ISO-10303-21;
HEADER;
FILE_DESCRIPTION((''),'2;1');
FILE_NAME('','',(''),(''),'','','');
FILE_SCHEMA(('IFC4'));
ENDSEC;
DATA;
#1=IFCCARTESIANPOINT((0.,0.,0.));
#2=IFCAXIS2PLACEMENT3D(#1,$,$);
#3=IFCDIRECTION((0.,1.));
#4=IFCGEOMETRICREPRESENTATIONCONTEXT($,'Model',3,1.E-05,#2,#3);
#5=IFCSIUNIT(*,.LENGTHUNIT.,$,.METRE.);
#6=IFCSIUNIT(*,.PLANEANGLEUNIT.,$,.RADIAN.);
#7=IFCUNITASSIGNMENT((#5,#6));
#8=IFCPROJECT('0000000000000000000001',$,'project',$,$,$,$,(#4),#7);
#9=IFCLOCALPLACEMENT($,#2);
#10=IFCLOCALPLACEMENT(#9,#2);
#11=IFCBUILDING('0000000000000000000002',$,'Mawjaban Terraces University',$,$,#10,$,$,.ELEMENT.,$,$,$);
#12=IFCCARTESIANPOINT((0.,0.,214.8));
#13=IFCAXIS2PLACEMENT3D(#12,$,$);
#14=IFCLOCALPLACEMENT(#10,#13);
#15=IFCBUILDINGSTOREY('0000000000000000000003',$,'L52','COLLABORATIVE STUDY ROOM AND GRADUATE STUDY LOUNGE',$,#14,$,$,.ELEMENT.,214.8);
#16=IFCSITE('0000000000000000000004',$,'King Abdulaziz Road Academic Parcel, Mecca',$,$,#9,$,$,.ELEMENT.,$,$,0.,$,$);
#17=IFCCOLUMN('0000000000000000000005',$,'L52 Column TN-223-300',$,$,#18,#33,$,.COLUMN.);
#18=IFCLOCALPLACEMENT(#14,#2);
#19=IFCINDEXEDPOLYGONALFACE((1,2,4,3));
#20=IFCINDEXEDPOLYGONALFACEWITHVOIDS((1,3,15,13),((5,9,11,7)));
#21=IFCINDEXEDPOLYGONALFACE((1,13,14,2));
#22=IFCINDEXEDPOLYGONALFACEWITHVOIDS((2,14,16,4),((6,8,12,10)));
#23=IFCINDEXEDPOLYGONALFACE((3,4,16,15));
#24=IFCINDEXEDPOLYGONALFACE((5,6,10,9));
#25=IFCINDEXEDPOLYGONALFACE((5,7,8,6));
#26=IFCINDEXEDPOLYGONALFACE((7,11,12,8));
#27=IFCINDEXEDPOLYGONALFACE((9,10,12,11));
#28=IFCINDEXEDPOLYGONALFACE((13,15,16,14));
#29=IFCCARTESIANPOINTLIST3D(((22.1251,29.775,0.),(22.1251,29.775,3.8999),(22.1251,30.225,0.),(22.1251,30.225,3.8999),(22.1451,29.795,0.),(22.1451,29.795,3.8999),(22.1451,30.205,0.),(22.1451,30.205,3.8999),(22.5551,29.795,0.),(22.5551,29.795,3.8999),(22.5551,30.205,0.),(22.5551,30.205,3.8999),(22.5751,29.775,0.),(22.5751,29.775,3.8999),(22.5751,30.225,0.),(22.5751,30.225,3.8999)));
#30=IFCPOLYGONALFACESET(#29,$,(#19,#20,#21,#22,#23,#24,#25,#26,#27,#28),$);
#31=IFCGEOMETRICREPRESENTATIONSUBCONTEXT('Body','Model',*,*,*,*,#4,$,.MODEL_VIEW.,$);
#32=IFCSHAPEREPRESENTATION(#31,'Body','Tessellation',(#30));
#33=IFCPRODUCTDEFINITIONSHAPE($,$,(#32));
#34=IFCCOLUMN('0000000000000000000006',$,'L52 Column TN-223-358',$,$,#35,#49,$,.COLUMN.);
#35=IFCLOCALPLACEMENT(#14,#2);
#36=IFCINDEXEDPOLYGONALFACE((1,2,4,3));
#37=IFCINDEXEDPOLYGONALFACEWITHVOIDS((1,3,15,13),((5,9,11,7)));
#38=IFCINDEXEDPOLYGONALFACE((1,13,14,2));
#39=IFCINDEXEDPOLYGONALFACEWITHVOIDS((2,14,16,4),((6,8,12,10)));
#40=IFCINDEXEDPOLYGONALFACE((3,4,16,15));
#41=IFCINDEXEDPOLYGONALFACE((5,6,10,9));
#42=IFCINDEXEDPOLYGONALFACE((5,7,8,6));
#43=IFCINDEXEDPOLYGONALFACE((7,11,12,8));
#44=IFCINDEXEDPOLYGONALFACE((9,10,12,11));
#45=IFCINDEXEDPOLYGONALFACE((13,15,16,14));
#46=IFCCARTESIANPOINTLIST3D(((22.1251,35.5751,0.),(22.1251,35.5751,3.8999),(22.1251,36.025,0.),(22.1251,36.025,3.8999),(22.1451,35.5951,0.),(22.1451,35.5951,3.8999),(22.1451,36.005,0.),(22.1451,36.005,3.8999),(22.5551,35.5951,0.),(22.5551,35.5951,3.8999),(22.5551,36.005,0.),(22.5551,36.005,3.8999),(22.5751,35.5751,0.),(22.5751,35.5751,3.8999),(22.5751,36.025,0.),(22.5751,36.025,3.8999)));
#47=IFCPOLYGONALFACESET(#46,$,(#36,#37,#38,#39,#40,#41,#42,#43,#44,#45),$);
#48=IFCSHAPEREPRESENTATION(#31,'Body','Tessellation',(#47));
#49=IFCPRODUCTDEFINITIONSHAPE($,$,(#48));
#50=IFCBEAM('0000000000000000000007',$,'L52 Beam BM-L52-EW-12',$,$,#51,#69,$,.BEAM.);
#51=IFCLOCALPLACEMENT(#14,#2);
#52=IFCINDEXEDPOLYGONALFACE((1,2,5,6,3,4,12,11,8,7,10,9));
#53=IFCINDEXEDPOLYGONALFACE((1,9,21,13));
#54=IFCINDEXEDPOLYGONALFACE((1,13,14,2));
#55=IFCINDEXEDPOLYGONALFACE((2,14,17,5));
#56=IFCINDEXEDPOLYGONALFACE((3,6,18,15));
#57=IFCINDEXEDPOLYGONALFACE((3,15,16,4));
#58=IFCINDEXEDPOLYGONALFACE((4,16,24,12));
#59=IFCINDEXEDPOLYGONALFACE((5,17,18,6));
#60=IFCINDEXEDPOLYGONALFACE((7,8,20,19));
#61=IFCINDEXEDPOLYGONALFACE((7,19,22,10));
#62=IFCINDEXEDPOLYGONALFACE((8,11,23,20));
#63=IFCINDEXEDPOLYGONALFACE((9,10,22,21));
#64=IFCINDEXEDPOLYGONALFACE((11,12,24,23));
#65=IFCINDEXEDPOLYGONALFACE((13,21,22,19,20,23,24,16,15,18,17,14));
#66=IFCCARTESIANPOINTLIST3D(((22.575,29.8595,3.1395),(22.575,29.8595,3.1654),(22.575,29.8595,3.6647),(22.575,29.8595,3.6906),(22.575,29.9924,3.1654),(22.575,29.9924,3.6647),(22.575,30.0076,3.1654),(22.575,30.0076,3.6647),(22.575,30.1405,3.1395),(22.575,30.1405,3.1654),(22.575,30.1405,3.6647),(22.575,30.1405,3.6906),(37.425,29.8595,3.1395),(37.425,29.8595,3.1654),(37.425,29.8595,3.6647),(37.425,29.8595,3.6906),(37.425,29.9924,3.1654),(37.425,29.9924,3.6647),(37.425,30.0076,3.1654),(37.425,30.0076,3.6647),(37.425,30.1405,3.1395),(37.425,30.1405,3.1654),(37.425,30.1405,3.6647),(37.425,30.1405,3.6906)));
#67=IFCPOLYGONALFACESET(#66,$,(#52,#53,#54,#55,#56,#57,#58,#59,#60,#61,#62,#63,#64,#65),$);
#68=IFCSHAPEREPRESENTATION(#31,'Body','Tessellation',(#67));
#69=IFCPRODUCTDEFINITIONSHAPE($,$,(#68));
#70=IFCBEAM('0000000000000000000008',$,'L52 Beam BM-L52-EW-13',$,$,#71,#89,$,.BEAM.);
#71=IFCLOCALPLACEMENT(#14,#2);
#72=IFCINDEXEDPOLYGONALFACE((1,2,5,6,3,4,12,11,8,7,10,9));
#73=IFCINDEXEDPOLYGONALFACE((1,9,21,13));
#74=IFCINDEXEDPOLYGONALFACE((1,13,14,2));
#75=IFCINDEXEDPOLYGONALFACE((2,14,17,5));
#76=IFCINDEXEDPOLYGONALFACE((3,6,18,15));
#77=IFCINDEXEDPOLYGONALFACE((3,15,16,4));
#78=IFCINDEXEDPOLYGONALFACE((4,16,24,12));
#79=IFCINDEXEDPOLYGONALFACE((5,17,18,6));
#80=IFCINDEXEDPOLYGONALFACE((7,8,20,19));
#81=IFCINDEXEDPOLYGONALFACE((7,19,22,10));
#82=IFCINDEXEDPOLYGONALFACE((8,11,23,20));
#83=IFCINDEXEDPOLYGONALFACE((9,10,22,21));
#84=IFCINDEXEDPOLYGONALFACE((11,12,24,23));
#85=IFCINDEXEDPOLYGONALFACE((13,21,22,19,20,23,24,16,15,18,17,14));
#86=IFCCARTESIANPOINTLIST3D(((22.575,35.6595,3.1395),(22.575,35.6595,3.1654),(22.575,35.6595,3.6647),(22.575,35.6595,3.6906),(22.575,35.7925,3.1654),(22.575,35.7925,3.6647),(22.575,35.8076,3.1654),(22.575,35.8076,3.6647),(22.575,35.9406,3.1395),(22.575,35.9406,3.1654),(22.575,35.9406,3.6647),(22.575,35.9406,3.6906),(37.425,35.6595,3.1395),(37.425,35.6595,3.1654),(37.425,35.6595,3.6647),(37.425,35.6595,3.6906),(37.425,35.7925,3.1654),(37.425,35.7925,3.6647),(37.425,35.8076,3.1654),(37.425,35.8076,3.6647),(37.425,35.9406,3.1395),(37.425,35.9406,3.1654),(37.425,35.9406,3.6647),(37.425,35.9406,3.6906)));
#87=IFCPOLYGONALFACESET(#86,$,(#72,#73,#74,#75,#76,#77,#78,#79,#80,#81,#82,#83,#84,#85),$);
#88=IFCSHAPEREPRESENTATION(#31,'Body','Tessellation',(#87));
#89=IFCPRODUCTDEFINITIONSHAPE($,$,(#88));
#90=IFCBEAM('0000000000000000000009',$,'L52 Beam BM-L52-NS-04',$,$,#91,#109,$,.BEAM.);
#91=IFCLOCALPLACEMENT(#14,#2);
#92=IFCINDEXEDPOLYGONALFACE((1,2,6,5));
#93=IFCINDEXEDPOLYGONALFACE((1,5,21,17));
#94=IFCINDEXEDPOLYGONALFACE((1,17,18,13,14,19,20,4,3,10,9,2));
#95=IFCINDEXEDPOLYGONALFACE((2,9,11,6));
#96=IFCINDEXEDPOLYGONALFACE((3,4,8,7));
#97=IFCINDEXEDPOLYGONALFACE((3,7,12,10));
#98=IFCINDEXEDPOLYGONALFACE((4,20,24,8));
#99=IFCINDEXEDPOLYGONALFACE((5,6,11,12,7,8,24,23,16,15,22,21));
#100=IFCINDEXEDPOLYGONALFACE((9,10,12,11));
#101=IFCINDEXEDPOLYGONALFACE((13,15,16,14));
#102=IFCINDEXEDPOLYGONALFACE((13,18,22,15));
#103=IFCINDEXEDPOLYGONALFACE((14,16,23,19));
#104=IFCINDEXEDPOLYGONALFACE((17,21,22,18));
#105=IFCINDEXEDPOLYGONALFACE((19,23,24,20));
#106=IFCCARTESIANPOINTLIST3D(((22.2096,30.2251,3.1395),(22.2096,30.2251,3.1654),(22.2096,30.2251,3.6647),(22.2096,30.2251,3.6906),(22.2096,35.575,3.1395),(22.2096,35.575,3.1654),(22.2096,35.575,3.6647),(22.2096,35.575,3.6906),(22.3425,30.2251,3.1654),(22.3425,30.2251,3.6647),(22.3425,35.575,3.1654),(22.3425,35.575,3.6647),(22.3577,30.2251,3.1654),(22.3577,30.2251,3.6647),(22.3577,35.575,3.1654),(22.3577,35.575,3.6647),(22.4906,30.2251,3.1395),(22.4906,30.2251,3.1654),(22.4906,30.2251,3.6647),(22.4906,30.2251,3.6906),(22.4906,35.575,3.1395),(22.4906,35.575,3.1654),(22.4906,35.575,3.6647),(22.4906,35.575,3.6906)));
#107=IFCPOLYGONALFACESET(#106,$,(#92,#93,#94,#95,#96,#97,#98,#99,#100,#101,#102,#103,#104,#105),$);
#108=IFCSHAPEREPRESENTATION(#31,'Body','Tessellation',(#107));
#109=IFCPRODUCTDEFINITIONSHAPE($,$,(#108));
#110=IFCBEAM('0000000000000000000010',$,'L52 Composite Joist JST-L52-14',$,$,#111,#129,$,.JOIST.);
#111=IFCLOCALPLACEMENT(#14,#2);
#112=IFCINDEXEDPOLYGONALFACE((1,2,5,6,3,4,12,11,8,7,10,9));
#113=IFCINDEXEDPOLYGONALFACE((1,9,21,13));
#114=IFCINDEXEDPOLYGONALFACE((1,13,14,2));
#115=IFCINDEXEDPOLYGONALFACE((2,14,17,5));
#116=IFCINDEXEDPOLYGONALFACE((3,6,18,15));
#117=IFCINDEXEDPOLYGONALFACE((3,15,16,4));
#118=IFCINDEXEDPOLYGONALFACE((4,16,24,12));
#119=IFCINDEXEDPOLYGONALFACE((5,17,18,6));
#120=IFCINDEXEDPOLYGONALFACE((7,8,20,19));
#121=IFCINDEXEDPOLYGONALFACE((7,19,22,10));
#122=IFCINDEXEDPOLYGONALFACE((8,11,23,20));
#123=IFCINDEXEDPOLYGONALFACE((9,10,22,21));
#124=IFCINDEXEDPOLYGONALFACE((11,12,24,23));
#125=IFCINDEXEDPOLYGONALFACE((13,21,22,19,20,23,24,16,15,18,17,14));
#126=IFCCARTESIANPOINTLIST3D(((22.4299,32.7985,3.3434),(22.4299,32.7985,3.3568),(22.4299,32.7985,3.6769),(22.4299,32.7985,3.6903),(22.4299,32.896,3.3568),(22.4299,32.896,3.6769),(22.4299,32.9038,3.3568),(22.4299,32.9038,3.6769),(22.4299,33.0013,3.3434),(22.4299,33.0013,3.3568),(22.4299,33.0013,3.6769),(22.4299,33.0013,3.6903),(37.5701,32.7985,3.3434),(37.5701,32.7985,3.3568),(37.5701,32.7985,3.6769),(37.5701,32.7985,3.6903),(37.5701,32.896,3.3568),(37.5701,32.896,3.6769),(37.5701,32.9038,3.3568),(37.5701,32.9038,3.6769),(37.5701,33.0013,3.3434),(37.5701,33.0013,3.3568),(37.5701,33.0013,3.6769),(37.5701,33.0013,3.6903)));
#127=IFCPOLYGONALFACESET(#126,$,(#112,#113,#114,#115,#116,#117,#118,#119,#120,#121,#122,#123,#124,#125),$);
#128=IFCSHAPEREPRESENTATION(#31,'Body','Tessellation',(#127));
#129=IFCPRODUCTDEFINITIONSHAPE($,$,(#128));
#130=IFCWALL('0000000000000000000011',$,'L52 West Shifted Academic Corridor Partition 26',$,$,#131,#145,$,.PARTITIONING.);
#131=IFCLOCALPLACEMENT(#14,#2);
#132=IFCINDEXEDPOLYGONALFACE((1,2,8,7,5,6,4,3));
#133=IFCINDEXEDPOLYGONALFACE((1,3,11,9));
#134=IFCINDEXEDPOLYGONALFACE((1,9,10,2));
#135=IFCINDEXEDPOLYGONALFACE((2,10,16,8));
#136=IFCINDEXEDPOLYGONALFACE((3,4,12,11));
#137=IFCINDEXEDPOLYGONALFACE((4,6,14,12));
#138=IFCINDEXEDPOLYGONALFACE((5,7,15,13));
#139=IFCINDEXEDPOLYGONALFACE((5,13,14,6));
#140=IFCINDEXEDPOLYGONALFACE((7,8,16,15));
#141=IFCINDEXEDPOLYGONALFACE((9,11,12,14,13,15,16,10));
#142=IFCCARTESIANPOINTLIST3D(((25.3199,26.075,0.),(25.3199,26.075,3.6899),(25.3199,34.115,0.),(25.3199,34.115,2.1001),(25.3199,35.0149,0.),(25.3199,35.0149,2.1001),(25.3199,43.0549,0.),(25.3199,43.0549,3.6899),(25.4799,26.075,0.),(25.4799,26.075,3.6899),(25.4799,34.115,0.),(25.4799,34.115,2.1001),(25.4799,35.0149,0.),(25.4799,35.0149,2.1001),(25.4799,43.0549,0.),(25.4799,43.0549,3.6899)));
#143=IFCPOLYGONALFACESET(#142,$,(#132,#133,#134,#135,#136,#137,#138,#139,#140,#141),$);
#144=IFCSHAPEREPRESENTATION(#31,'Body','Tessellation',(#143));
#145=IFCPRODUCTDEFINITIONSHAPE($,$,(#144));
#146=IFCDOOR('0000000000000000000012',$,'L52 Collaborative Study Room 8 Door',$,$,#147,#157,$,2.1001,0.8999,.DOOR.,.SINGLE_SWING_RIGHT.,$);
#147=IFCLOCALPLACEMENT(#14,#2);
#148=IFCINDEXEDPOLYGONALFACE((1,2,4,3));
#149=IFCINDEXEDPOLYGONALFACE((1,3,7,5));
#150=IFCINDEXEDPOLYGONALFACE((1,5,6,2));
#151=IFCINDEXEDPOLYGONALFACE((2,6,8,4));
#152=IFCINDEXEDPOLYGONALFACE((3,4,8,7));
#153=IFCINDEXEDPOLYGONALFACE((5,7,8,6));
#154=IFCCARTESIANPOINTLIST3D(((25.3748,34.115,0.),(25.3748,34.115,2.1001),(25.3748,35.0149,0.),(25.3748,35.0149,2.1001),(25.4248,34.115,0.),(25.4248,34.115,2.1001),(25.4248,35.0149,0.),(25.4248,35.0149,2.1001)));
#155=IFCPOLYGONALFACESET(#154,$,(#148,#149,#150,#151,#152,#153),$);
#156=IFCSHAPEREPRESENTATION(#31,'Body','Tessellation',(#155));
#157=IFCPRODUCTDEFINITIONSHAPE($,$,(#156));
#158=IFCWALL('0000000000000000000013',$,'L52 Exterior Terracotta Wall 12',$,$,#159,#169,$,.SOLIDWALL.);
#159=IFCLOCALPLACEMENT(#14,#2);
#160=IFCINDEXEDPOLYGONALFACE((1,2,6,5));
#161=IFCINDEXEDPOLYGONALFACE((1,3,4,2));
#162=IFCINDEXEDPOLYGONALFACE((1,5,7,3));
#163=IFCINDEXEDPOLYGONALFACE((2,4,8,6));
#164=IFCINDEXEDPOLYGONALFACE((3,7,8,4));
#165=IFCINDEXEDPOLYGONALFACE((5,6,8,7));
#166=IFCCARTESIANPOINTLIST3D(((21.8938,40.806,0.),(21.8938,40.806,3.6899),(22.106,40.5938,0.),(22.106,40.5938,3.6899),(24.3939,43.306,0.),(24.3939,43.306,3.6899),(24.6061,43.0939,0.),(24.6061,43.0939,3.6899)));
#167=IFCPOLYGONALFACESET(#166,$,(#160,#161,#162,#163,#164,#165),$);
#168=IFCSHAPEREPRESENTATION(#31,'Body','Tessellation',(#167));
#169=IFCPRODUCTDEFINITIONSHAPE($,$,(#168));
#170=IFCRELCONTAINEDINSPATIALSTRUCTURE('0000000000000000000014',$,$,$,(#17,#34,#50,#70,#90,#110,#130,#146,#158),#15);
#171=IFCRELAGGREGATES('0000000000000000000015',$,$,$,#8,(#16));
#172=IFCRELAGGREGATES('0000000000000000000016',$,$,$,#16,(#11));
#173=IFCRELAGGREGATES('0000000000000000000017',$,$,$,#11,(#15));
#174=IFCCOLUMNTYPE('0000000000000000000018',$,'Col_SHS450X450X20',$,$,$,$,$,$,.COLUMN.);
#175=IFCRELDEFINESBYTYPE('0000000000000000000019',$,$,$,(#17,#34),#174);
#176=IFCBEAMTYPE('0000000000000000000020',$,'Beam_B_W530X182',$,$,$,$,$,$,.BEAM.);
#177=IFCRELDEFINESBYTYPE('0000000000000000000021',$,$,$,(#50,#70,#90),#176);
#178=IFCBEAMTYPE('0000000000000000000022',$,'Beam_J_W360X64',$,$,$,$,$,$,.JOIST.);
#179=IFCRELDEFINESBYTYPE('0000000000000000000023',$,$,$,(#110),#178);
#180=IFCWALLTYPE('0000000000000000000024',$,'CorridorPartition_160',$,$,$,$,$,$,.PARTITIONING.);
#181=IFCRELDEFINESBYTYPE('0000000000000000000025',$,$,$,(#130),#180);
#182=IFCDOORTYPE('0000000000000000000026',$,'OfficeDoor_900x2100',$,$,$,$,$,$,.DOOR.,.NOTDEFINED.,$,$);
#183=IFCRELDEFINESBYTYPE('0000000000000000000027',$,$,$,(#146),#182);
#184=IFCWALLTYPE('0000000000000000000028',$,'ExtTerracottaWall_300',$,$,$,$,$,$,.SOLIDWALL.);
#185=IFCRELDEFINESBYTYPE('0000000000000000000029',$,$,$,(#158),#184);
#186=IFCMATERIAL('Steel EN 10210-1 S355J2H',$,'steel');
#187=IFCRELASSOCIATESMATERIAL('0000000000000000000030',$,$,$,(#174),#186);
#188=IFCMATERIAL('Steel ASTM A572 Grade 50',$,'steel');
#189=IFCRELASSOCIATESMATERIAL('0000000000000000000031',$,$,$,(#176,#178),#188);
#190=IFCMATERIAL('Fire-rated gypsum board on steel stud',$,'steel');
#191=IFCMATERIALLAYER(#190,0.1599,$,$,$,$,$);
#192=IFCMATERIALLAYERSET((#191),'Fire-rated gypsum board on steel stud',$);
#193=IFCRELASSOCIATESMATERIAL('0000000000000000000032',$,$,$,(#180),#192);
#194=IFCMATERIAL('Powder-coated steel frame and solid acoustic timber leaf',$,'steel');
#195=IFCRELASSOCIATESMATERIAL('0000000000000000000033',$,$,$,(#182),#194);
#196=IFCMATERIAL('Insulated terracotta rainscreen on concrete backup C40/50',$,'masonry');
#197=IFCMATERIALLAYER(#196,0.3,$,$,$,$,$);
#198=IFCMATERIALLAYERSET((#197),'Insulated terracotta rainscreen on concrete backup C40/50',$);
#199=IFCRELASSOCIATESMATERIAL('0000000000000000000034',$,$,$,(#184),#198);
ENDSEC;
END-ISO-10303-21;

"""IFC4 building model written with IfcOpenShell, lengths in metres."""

from ifc_helpers import new_model, si_unit, direction, frame, frame_2d, origin, origin_2d, place, context, subcontext, project, spatial, rectangle, hollow_rectangle, i_section, extrude, material, layer, layer_set, material_profile, profile_set, type_object, element, fill, save


model = new_model("IFC4")

# Units and contexts
model_context = context("Model", 3, precision=1e-05, world=origin(), true_north=direction((0.0, 1.0)))
body_context = subcontext(model_context, "Body", "Model", "MODEL_VIEW")
ifc_project = project(units=[si_unit("LENGTHUNIT", "METRE"), si_unit("PLANEANGLEUNIT", "RADIAN")], contexts=[model_context])

# Site, building, storey
site_placement = place(None, origin())
site = spatial("IfcSite", under=ifc_project, at=site_placement, Name="King Abdulaziz Road Academic Parcel, Mecca", CompositionType="ELEMENT", RefElevation=0.0)
building_placement = place(site_placement, origin())
building = spatial("IfcBuilding", under=site, at=building_placement, Name="Mawjaban Terraces University", CompositionType="ELEMENT")
storey_placement = place(building_placement, frame((0.0, 0.0, 214.8)))
storey = spatial("IfcBuildingStorey", under=building, at=storey_placement, Name="L52", Description="COLLABORATIVE STUDY ROOM AND GRADUATE STUDY LOUNGE", CompositionType="ELEMENT", Elevation=214.8)

# Columns
ifc_material_1 = material(Name="Steel EN 10210-1 S355J2H", Category="steel")
ifc_material_profile_1 = material_profile(ifc_material_1, hollow_rectangle(XDim=0.45, YDim=0.45, WallThickness=0.02, at=origin_2d()), Name="SHS450X450X20")
ifc_profile_set_1 = profile_set([ifc_material_profile_1], Name="Steel EN 10210-1 S355J2H")
column_type = type_object("IfcColumnType", Name="Col_SHS450X450X20", PredefinedType="COLUMN", material=ifc_profile_set_1)
for number, where, z_axis, x_axis, name in (
    (1, (22.3501, 30.0, 0.0), (0.0, 0.0, 1.0), (1.0, 0.0, 0.0), "L52 Column TN-223-300"),
    (2, (22.3501, 35.8, 0.0), (0.0, 0.0, 1.0), (1.0, 0.0, 0.0), "L52 Column TN-223-358"),
):
    element("IfcColumn", number, at=place(storey_placement, frame(where, z_axis=z_axis, x_axis=x_axis)), inside=storey, type_object=column_type, Name=name, PredefinedType="COLUMN", context=body_context, shape_type="SweptSolid", body=[
        extrude(hollow_rectangle(XDim=0.45, YDim=0.45, WallThickness=0.02, at=origin_2d()), origin(), (0.0, 0.0, 1.0), 3.8999),
    ])

# Beams
ifc_material_2 = material(Name="Steel ASTM A572 Grade 50", Category="steel")
ifc_material_profile_2 = material_profile(ifc_material_2, i_section(OverallWidth=0.281, OverallDepth=0.551, WebThickness=0.0151, FlangeThickness=0.0259, at=origin_2d()), Name="W530X182")
ifc_profile_set_2 = profile_set([ifc_material_profile_2], Name="Steel ASTM A572 Grade 50")
beam_type_1 = type_object("IfcBeamType", Name="Beam_B_W530X182", PredefinedType="BEAM", material=ifc_profile_set_2)
for number, where, z_axis, x_axis, name in (
    (3, (22.575, 30.0, 3.415), (1.0, 0.0, 0.0), (0.0, 1.0, 0.0), "L52 Beam BM-L52-EW-12"),
    (4, (22.575, 35.8, 3.415), (1.0, 0.0, 0.0), (0.0, 1.0, 0.0), "L52 Beam BM-L52-EW-13"),
):
    element("IfcBeam", number, at=place(storey_placement, frame(where, z_axis=z_axis, x_axis=x_axis)), inside=storey, type_object=beam_type_1, Name=name, PredefinedType="BEAM", context=body_context, shape_type="SweptSolid", body=[
        extrude(i_section(OverallWidth=0.281, OverallDepth=0.551, WebThickness=0.0151, FlangeThickness=0.0259, at=origin_2d()), origin(), (0.0, 0.0, 1.0), 14.8501),
    ])
beam_1_placement = place(storey_placement, frame((22.3501, 30.2251, 3.415), z_axis=(0.0, 1.0, 0.0), x_axis=(-1.0, 0.0, 0.0)))
element("IfcBeam", 5, at=beam_1_placement, inside=storey, type_object=beam_type_1, Name="L52 Beam BM-L52-NS-04", PredefinedType="BEAM", context=body_context, shape_type="SweptSolid", body=[
    extrude(i_section(OverallWidth=0.281, OverallDepth=0.551, WebThickness=0.0151, FlangeThickness=0.0259, at=origin_2d()), origin(), (0.0, 0.0, 1.0), 5.3499),
])
ifc_material_profile_3 = material_profile(ifc_material_2, i_section(OverallWidth=0.2029, OverallDepth=0.3469, WebThickness=0.0078, FlangeThickness=0.0134, at=origin_2d()), Name="W360X64")
ifc_profile_set_3 = profile_set([ifc_material_profile_3], Name="Steel ASTM A572 Grade 50")
beam_type_2 = type_object("IfcBeamType", Name="Beam_J_W360X64", PredefinedType="JOIST", material=ifc_profile_set_3)
beam_2_placement = place(storey_placement, frame((22.4299, 32.8999, 3.5168), z_axis=(1.0, 0.0, 0.0), x_axis=(0.0, 1.0, 0.0)))
element("IfcBeam", 6, at=beam_2_placement, inside=storey, type_object=beam_type_2, Name="L52 Composite Joist JST-L52-14", PredefinedType="JOIST", context=body_context, shape_type="SweptSolid", body=[
    extrude(i_section(OverallWidth=0.2029, OverallDepth=0.3469, WebThickness=0.0078, FlangeThickness=0.0134, at=origin_2d()), origin(), (0.0, 0.0, 1.0), 15.1401),
])

# Wall, opening, door
ifc_material_3 = material(Name="Fire-rated gypsum board on steel stud", Category="steel")
ifc_layer_1 = layer(ifc_material_3, 0.1599)
ifc_layer_set_1 = layer_set([ifc_layer_1], Name="Fire-rated gypsum board on steel stud")
wall_type_1 = type_object("IfcWallType", Name="CorridorPartition_160", PredefinedType="PARTITIONING", material=ifc_layer_set_1)
wall_1_placement = place(storey_placement, frame((25.3999, 43.0549, 0.0), z_axis=(0.0, 0.0, 1.0), x_axis=(0.0, -1.0, 0.0)))
wall_1 = element("IfcWall", 7, at=wall_1_placement, inside=storey, type_object=wall_type_1, Name="L52 West Shifted Academic Corridor Partition 26", PredefinedType="PARTITIONING", context=body_context, shape_type="SweptSolid", body=[
    extrude(rectangle(XDim=16.98, YDim=0.1599, at=frame_2d((8.49, 0.0))), origin(), (0.0, 0.0, 1.0), 3.6899),
])
opening_1_placement = place(wall_1_placement, frame((8.04, 0.0, 0.0)))
opening_1 = element("IfcOpeningElement", 8, at=opening_1_placement, cuts=wall_1, PredefinedType="OPENING", context=body_context, shape_type="SweptSolid", body=[
    extrude(rectangle(XDim=0.8999, YDim=2.1001, at=frame_2d((0.45, 1.05))), frame((0.0, 0.0898, 0.0), z_axis=(0.0, -1.0, 0.0), x_axis=(1.0, 0.0, 0.0)), (0.0, 0.0, 1.0), 0.1799),
])
ifc_material_4 = material(Name="Powder-coated steel frame and solid acoustic timber leaf", Category="steel")
door_type_1 = type_object("IfcDoorType", Name="OfficeDoor_900x2100", OperationType="NOTDEFINED", PredefinedType="DOOR", material=ifc_material_4)
door_1_placement = place(opening_1_placement, origin())
door_1 = element("IfcDoor", 9, at=door_1_placement, inside=storey, type_object=door_type_1, Name="L52 Collaborative Study Room 8 Door", OperationType="SINGLE_SWING_RIGHT", OverallHeight=2.1001, OverallWidth=0.8999, PredefinedType="DOOR", context=body_context, shape_type="SweptSolid", body=[
    extrude(rectangle(XDim=0.8999, YDim=2.1001, at=frame_2d((0.45, 1.05))), frame((0.0, 0.0249, 0.0), z_axis=(0.0, -1.0, 0.0), x_axis=(1.0, 0.0, 0.0)), (0.0, 0.0, 1.0), 0.05),
])
fill(opening_1, door_1)

# Wall
ifc_material_5 = material(Name="Insulated terracotta rainscreen on concrete backup C40/50", Category="masonry")
ifc_layer_2 = layer(ifc_material_5, 0.3)
ifc_layer_set_2 = layer_set([ifc_layer_2], Name="Insulated terracotta rainscreen on concrete backup C40/50")
wall_type_2 = type_object("IfcWallType", Name="ExtTerracottaWall_300", PredefinedType="SOLIDWALL", material=ifc_layer_set_2)
wall_2_placement = place(storey_placement, frame((24.5, 43.2, 0.0), z_axis=(0.0, 0.0, 1.0), x_axis=(-0.707107, -0.707107, 0.0)))
element("IfcWall", 10, at=wall_2_placement, inside=storey, type_object=wall_type_2, Name="L52 Exterior Terracotta Wall 12", PredefinedType="SOLIDWALL", context=body_context, shape_type="SweptSolid", body=[
    extrude(rectangle(XDim=3.5356, YDim=0.3, at=frame_2d((1.7678, 0.0))), origin(), (0.0, 0.0, 1.0), 3.6899),
])

save(model, "model.ifc")
